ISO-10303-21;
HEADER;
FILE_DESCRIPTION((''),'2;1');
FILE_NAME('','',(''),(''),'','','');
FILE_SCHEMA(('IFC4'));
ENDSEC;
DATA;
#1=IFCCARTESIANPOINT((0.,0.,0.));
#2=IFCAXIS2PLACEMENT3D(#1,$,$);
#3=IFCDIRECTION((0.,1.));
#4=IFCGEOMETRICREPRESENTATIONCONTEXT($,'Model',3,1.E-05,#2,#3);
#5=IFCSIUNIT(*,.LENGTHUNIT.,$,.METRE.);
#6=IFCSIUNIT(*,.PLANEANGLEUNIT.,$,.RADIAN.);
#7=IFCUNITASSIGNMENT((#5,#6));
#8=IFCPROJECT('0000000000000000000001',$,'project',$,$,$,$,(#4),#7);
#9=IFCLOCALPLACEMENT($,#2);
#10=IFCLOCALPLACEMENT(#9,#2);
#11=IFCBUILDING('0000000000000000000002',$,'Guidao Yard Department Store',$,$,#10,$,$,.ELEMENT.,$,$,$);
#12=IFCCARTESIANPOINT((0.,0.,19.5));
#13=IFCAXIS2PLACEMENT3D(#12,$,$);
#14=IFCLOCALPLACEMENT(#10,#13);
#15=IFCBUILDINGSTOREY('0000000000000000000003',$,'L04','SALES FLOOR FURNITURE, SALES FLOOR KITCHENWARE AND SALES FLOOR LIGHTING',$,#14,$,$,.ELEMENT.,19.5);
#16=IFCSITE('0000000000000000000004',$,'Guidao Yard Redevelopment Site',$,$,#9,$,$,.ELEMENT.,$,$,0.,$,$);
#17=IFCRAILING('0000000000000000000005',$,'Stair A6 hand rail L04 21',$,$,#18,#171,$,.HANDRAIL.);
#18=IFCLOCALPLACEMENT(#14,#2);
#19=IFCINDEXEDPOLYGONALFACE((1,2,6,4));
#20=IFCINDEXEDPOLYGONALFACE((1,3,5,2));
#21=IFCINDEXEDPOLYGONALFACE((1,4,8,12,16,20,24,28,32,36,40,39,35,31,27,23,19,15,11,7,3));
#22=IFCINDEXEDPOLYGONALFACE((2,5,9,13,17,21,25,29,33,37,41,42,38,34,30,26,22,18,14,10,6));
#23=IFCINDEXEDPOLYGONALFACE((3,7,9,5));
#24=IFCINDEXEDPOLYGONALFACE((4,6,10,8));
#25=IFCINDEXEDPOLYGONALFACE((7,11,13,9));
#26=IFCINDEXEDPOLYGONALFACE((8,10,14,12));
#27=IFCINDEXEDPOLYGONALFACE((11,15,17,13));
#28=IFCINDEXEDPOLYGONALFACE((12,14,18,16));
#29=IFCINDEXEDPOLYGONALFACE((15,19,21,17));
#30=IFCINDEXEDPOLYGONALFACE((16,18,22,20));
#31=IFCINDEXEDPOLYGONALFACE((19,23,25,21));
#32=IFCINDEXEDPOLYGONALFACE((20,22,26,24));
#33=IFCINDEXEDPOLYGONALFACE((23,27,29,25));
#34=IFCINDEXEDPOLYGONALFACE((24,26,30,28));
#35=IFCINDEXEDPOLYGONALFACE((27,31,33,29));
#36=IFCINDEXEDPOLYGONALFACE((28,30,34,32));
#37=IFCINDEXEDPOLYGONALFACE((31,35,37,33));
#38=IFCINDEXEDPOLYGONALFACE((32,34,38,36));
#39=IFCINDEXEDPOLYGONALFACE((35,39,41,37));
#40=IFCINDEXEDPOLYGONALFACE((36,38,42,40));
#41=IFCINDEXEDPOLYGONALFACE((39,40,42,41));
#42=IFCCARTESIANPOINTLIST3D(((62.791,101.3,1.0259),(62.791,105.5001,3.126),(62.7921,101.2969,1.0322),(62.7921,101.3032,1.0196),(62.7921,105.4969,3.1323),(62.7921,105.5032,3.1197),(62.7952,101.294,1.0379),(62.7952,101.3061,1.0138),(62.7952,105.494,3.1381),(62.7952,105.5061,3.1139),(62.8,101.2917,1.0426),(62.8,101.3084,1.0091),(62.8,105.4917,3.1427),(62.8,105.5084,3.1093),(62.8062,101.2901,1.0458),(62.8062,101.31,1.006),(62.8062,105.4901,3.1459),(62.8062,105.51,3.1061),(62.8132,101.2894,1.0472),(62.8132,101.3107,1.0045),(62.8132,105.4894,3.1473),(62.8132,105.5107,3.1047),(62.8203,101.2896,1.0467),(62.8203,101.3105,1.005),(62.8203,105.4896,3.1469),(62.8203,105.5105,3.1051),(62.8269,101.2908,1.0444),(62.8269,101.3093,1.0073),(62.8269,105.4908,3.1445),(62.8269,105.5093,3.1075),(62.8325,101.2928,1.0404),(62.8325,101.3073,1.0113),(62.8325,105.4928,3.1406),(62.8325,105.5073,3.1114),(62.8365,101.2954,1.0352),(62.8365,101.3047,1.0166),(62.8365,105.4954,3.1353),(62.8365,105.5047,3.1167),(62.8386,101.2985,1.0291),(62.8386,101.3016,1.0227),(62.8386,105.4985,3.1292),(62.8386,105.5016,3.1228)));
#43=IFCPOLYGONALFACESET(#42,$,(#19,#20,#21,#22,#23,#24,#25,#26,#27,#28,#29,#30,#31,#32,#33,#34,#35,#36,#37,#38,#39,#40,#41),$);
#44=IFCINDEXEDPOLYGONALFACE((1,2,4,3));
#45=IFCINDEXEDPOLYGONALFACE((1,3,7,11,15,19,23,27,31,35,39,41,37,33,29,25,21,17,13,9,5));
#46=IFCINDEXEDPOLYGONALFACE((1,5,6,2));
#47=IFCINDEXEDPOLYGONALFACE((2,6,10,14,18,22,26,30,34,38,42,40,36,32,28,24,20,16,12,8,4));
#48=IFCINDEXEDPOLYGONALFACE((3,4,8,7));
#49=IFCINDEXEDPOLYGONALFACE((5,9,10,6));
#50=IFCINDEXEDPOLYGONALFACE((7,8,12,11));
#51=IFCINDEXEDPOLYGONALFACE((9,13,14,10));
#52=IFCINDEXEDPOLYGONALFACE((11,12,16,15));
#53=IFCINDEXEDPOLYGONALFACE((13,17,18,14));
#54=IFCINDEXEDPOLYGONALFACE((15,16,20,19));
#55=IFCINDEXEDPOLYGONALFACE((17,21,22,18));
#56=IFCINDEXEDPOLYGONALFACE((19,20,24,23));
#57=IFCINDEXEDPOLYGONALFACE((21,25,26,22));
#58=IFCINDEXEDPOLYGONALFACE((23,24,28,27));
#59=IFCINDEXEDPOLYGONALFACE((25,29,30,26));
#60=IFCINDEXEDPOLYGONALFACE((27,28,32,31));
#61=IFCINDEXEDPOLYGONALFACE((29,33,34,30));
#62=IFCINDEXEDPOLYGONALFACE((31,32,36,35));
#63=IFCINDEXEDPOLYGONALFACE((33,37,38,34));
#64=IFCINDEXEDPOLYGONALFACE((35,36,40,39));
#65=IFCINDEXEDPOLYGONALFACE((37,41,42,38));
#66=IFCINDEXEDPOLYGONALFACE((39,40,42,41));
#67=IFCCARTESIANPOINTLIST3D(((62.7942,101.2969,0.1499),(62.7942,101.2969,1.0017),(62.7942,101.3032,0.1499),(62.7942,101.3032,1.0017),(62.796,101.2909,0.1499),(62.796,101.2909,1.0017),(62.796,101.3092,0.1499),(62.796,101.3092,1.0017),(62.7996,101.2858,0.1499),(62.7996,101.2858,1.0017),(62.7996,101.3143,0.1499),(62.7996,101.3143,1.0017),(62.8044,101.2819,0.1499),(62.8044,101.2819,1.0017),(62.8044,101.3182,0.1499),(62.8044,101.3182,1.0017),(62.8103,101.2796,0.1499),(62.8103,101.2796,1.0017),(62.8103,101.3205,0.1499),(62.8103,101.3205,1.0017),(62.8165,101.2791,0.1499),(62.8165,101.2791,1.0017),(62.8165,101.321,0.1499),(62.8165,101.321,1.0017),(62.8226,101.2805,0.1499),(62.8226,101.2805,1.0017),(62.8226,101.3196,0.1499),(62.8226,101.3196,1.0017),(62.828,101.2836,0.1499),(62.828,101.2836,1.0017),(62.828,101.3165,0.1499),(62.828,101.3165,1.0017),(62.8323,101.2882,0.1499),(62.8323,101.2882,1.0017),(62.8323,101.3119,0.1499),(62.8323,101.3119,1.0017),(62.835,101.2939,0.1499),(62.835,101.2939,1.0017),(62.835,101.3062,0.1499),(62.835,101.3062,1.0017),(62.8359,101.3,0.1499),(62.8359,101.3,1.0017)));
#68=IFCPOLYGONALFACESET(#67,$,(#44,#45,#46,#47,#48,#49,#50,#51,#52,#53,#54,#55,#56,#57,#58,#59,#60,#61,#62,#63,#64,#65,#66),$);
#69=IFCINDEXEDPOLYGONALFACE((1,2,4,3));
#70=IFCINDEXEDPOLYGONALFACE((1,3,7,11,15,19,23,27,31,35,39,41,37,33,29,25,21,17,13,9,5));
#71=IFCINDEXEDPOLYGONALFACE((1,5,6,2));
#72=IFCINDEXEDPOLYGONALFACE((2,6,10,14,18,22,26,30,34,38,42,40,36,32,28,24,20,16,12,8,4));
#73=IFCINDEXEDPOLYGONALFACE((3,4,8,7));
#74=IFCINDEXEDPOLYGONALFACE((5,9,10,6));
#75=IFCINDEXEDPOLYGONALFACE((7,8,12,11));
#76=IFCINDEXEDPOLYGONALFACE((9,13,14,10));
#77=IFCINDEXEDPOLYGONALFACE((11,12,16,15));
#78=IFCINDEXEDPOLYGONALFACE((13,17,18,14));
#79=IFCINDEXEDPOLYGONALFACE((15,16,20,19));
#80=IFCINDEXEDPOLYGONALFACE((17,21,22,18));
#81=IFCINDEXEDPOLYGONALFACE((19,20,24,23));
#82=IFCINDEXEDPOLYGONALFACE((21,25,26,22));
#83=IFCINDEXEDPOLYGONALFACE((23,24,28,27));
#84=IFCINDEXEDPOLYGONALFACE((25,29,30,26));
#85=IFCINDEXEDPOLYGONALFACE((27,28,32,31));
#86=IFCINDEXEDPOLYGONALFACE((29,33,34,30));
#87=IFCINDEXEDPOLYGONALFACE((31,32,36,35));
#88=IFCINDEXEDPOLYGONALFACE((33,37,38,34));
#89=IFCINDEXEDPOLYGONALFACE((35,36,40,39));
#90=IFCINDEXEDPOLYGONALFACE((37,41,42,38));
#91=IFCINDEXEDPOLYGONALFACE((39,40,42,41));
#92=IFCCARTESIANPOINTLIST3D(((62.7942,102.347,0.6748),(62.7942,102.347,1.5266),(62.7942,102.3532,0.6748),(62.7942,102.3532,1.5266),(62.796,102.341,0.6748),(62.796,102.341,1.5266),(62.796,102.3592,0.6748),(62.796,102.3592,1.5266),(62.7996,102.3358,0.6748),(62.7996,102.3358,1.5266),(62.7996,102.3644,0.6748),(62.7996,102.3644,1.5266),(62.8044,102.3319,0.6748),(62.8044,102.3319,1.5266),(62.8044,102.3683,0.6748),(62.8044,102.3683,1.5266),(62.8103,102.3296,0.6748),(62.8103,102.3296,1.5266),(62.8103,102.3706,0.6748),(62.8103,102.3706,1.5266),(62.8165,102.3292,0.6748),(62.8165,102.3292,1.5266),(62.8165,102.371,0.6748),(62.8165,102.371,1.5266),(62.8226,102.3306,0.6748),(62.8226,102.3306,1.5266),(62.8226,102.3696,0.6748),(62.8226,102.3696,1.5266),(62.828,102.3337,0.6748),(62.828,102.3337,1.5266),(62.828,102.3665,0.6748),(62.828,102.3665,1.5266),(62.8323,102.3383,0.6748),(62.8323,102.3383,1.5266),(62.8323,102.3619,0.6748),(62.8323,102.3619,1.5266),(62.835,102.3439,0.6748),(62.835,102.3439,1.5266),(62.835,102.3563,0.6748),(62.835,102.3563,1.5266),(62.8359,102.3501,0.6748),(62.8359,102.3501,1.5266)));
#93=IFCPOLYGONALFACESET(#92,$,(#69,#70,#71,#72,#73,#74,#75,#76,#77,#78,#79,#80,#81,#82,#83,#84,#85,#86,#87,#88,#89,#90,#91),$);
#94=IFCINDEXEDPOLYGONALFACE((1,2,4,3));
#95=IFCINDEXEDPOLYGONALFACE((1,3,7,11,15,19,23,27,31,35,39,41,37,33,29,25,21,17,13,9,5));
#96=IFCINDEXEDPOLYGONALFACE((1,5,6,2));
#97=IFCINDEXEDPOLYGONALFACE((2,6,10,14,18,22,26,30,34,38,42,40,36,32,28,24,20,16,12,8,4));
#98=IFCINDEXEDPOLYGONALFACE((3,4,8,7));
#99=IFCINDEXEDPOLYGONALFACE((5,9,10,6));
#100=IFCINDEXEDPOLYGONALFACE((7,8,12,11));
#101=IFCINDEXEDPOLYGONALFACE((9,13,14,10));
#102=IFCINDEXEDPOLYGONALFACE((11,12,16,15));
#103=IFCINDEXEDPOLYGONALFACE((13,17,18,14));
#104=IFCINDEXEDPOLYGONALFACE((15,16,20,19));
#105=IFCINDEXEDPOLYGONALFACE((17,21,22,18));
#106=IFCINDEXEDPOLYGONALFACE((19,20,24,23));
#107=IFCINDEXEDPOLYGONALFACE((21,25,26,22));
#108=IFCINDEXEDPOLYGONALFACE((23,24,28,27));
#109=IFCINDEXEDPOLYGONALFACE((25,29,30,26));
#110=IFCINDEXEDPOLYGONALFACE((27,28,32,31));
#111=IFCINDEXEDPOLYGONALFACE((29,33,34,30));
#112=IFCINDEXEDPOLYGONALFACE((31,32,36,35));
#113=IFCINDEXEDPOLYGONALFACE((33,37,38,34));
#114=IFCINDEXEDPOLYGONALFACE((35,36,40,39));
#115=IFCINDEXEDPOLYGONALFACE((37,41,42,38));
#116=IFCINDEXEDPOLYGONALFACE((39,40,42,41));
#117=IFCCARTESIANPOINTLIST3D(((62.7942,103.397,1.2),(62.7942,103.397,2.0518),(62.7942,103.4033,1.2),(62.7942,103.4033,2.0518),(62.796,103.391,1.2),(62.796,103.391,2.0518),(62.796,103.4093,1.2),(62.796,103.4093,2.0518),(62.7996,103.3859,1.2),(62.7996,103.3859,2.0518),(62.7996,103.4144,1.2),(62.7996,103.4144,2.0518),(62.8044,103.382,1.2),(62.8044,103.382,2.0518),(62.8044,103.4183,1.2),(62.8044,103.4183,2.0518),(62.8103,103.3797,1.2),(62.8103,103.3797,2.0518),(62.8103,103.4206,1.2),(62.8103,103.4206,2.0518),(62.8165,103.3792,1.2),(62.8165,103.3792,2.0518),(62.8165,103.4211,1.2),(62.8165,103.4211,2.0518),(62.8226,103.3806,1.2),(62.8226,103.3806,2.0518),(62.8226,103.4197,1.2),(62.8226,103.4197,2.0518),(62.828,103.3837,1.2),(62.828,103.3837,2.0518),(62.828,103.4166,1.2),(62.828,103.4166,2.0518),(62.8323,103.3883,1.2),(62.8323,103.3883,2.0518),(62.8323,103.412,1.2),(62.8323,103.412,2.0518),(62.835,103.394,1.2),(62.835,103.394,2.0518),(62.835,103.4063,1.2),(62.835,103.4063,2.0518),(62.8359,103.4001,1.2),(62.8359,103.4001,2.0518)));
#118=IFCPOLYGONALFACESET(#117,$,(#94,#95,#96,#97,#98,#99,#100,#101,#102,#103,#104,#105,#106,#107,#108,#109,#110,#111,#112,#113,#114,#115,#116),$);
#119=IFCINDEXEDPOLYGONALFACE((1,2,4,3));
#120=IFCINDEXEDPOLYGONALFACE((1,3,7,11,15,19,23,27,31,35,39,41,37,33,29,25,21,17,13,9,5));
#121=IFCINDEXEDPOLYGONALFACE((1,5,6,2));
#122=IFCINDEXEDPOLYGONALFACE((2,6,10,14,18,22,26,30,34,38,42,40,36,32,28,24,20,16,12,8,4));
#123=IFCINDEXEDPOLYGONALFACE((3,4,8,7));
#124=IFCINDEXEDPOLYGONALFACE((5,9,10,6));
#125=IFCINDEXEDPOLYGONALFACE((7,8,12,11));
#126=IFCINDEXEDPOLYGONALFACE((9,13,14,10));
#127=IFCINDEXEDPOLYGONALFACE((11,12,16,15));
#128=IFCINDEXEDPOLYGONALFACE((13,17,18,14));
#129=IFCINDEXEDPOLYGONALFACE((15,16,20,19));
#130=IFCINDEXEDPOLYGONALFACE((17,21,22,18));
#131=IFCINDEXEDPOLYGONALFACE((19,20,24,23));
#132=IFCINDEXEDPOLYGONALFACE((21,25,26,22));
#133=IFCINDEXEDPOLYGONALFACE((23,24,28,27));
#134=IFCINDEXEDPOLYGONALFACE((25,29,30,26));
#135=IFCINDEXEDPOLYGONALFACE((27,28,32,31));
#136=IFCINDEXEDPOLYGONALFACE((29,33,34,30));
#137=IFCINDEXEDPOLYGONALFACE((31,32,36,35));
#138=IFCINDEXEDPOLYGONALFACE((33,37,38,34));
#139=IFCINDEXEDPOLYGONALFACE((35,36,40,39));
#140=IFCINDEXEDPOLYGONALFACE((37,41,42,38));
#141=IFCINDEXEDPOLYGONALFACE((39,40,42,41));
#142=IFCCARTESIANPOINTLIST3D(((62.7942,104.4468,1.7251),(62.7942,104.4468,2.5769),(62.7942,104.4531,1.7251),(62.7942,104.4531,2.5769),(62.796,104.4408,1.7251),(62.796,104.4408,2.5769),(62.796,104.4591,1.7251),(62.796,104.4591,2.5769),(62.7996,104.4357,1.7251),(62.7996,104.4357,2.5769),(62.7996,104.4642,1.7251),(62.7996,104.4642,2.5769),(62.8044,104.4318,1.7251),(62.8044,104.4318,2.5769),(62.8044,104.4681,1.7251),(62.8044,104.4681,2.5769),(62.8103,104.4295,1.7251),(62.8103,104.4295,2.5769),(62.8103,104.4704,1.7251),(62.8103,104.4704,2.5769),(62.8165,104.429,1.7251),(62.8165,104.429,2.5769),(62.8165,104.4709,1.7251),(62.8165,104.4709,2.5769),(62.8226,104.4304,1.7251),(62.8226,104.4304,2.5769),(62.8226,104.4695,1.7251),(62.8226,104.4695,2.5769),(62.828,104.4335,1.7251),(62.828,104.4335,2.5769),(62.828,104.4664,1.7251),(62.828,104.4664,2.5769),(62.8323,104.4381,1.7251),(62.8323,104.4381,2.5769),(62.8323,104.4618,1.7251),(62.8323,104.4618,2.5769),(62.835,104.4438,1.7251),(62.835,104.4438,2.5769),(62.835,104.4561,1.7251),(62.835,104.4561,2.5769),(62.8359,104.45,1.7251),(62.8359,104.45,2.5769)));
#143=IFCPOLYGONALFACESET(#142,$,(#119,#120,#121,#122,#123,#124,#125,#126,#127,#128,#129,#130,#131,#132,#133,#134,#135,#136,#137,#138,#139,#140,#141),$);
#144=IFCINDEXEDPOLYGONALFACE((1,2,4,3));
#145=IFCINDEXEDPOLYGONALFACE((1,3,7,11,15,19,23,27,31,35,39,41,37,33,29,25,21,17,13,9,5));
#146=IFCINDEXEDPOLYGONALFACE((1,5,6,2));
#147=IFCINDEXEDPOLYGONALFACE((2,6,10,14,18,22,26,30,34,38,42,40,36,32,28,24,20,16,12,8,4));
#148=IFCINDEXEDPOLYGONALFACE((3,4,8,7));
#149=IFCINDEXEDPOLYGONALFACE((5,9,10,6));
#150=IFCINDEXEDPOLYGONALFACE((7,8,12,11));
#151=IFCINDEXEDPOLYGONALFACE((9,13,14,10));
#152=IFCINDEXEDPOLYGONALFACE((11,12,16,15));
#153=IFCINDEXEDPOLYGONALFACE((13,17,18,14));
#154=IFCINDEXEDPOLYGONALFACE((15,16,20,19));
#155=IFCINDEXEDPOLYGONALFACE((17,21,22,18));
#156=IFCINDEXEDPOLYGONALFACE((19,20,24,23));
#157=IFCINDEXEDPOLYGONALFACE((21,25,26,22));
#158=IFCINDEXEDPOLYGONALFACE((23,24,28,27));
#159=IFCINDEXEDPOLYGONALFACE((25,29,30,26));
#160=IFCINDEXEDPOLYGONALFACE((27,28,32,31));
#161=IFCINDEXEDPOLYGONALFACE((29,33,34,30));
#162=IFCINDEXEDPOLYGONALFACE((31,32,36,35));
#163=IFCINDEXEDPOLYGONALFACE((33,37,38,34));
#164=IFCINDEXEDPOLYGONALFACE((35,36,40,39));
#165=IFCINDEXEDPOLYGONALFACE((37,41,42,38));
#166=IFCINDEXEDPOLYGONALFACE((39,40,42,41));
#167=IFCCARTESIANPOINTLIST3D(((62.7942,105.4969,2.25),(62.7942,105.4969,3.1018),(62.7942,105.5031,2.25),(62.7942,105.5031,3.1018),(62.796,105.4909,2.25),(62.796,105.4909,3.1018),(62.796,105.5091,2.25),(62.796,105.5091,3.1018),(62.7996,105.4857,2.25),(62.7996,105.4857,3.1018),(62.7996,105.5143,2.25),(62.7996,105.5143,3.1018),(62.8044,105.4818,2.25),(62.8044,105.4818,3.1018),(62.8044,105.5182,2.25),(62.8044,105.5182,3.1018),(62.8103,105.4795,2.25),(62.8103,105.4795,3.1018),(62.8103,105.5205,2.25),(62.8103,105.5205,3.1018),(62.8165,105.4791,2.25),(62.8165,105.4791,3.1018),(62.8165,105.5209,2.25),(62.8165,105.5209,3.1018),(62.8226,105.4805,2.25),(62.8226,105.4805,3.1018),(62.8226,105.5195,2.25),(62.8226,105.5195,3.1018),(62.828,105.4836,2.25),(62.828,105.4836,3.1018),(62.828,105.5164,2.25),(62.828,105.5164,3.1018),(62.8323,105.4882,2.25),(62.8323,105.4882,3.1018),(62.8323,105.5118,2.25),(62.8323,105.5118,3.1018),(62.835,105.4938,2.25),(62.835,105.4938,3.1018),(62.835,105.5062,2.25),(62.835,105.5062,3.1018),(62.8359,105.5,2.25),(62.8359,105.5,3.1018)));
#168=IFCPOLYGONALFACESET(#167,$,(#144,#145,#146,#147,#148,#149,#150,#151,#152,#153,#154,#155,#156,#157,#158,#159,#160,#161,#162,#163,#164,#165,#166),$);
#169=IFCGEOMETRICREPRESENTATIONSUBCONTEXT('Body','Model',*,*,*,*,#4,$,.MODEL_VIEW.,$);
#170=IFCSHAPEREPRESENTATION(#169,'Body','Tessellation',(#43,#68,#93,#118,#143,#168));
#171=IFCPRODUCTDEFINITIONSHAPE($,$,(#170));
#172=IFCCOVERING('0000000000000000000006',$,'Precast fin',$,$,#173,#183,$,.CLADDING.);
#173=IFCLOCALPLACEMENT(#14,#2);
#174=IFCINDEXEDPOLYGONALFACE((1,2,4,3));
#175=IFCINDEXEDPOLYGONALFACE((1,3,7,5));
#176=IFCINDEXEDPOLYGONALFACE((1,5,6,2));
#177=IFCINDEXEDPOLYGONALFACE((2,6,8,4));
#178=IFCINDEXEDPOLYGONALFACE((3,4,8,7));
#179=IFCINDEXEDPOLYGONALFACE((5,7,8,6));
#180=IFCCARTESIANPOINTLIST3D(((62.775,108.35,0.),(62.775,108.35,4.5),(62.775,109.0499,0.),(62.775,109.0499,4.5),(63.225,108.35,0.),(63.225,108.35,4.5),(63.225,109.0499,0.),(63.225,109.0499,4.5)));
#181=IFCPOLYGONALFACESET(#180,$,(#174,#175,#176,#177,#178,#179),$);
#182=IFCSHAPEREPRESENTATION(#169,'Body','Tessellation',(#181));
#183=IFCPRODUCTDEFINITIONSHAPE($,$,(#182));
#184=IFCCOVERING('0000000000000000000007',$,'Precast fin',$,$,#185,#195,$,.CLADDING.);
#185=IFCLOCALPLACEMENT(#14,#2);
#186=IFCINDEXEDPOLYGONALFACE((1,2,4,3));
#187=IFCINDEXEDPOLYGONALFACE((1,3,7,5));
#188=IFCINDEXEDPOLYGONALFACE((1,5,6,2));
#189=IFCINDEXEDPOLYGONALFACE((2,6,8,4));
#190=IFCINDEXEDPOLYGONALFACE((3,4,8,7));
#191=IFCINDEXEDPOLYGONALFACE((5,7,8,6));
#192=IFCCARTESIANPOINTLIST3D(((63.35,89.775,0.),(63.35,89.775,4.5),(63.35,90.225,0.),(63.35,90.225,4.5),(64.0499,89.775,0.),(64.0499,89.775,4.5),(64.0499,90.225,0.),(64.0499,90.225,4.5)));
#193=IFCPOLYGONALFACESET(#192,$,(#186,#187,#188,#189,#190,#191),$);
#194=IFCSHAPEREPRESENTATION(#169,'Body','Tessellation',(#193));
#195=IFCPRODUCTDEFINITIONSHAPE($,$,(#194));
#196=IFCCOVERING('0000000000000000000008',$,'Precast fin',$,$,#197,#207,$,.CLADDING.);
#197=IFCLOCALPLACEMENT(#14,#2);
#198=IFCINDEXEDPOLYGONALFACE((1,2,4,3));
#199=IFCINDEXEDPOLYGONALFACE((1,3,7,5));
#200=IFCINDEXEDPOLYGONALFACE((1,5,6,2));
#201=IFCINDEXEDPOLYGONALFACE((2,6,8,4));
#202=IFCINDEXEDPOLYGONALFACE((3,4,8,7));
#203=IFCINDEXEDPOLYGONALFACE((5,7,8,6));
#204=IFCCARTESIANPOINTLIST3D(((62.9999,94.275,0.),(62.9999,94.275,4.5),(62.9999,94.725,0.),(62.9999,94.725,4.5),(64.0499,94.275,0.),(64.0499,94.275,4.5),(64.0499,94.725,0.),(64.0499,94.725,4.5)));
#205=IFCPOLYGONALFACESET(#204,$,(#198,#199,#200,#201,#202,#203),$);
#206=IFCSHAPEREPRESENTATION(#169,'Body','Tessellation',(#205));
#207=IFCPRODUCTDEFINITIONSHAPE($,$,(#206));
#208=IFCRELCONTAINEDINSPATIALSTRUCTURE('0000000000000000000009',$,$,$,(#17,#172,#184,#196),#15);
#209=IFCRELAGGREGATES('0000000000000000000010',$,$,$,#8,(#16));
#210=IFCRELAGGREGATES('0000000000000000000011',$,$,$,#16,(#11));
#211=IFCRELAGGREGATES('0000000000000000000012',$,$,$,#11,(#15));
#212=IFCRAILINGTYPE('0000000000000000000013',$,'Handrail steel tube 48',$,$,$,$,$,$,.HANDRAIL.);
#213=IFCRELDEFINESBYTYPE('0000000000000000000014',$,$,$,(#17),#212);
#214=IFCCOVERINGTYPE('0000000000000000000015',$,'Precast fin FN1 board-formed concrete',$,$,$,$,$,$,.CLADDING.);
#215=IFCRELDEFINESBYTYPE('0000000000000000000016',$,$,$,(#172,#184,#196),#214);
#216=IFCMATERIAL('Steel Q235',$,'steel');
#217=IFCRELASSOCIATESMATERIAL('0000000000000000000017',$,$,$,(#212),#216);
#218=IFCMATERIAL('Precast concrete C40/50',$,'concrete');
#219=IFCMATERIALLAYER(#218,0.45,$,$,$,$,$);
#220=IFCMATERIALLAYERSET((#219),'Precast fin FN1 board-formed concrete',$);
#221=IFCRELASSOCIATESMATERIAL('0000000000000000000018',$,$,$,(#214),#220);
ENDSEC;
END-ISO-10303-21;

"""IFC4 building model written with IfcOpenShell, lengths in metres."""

from ifc_helpers import new_model, si_unit, direction, frame, origin, origin_2d, place, context, subcontext, project, spatial, rectangle, circle, extrude, material, layer, layer_set, type_object, element, save


model = new_model("IFC4")

# Units and contexts
model_context = context("Model", 3, precision=1e-05, world=origin(), true_north=direction((0.0, 1.0)))
body_context = subcontext(model_context, "Body", "Model", "MODEL_VIEW")
ifc_project = project(units=[si_unit("LENGTHUNIT", "METRE"), si_unit("PLANEANGLEUNIT", "RADIAN")], contexts=[model_context])

# Site, building, storey
site_placement = place(None, origin())
site = spatial("IfcSite", under=ifc_project, at=site_placement, Name="Guidao Yard Redevelopment Site", CompositionType="ELEMENT", RefElevation=0.0)
building_placement = place(site_placement, origin())
building = spatial("IfcBuilding", under=site, at=building_placement, Name="Guidao Yard Department Store", CompositionType="ELEMENT")
storey_placement = place(building_placement, frame((0.0, 0.0, 19.5)))
storey = spatial("IfcBuildingStorey", under=building, at=storey_placement, Name="L04", Description="SALES FLOOR FURNITURE, SALES FLOOR KITCHENWARE AND SALES FLOOR LIGHTING", CompositionType="ELEMENT", Elevation=19.5)

# Railing
ifc_material_1 = material(Name="Steel Q235", Category="steel")
railing_type = type_object("IfcRailingType", Name="Handrail steel tube 48", PredefinedType="HANDRAIL", material=ifc_material_1)
railing_placement = place(storey_placement, frame((62.8149, 101.3, 0.1499)))
element("IfcRailing", 1, at=railing_placement, inside=storey, type_object=railing_type, Name="Stair A6 hand rail L04 21", PredefinedType="HANDRAIL", context=body_context, shape_type="SweptSolid", body=[
    extrude(circle(Radius=0.0239, at=origin_2d()), frame((0.0, 0.0, 0.876), z_axis=(0.0, 0.894417, 0.447234), x_axis=(-1.0, 0.0, 0.0)), (0.0, 0.0, 1.0), 4.6958),
    extrude(circle(Radius=0.021, at=origin_2d()), origin(), (0.0, 0.0, 1.0), 0.8518),
    extrude(circle(Radius=0.021, at=origin_2d()), frame((0.0, 1.05, 0.5249)), (0.0, 0.0, 1.0), 0.8518),
    extrude(circle(Radius=0.021, at=origin_2d()), frame((0.0, 2.1001, 1.05)), (0.0, 0.0, 1.0), 0.8518),
    extrude(circle(Radius=0.021, at=origin_2d()), frame((0.0, 3.1499, 1.5752)), (0.0, 0.0, 1.0), 0.8518),
    extrude(circle(Radius=0.021, at=origin_2d()), frame((0.0, 4.2, 2.1001)), (0.0, 0.0, 1.0), 0.8518),
])

# Coverings
ifc_material_2 = material(Name="Precast concrete C40/50", Category="concrete")
ifc_layer_1 = layer(ifc_material_2, 0.45)
ifc_layer_set_1 = layer_set([ifc_layer_1], Name="Precast fin FN1 board-formed concrete")
covering_type = type_object("IfcCoveringType", Name="Precast fin FN1 board-formed concrete", PredefinedType="CLADDING", material=ifc_layer_set_1)
for number, where, z_axis, x_axis, name in (
    (2, (63.0, 108.7, 0.0), (0.0, 0.0, 1.0), (1.0, 0.0, 0.0), "Precast fin"),
    (3, (63.7, 90.0, 0.0), (0.0, 0.0, 1.0), (0.0, -1.0, 0.0), "Precast fin"),
):
    element("IfcCovering", number, at=place(storey_placement, frame(where, z_axis=z_axis, x_axis=x_axis)), inside=storey, type_object=covering_type, Name=name, PredefinedType="CLADDING", context=body_context, shape_type="SweptSolid", body=[
        extrude(rectangle(XDim=0.45, YDim=0.7, at=origin_2d()), origin(), (0.0, 0.0, 1.0), 4.5),
    ])
covering_1_placement = place(storey_placement, frame((63.5249, 94.5, 0.0), z_axis=(0.0, 0.0, 1.0), x_axis=(0.0, -1.0, 0.0)))
element("IfcCovering", 4, at=covering_1_placement, inside=storey, type_object=covering_type, Name="Precast fin", PredefinedType="CLADDING", context=body_context, shape_type="SweptSolid", body=[
    extrude(rectangle(XDim=0.45, YDim=1.05, at=origin_2d()), origin(), (0.0, 0.0, 1.0), 4.5),
])

save(model, "model.ifc")
